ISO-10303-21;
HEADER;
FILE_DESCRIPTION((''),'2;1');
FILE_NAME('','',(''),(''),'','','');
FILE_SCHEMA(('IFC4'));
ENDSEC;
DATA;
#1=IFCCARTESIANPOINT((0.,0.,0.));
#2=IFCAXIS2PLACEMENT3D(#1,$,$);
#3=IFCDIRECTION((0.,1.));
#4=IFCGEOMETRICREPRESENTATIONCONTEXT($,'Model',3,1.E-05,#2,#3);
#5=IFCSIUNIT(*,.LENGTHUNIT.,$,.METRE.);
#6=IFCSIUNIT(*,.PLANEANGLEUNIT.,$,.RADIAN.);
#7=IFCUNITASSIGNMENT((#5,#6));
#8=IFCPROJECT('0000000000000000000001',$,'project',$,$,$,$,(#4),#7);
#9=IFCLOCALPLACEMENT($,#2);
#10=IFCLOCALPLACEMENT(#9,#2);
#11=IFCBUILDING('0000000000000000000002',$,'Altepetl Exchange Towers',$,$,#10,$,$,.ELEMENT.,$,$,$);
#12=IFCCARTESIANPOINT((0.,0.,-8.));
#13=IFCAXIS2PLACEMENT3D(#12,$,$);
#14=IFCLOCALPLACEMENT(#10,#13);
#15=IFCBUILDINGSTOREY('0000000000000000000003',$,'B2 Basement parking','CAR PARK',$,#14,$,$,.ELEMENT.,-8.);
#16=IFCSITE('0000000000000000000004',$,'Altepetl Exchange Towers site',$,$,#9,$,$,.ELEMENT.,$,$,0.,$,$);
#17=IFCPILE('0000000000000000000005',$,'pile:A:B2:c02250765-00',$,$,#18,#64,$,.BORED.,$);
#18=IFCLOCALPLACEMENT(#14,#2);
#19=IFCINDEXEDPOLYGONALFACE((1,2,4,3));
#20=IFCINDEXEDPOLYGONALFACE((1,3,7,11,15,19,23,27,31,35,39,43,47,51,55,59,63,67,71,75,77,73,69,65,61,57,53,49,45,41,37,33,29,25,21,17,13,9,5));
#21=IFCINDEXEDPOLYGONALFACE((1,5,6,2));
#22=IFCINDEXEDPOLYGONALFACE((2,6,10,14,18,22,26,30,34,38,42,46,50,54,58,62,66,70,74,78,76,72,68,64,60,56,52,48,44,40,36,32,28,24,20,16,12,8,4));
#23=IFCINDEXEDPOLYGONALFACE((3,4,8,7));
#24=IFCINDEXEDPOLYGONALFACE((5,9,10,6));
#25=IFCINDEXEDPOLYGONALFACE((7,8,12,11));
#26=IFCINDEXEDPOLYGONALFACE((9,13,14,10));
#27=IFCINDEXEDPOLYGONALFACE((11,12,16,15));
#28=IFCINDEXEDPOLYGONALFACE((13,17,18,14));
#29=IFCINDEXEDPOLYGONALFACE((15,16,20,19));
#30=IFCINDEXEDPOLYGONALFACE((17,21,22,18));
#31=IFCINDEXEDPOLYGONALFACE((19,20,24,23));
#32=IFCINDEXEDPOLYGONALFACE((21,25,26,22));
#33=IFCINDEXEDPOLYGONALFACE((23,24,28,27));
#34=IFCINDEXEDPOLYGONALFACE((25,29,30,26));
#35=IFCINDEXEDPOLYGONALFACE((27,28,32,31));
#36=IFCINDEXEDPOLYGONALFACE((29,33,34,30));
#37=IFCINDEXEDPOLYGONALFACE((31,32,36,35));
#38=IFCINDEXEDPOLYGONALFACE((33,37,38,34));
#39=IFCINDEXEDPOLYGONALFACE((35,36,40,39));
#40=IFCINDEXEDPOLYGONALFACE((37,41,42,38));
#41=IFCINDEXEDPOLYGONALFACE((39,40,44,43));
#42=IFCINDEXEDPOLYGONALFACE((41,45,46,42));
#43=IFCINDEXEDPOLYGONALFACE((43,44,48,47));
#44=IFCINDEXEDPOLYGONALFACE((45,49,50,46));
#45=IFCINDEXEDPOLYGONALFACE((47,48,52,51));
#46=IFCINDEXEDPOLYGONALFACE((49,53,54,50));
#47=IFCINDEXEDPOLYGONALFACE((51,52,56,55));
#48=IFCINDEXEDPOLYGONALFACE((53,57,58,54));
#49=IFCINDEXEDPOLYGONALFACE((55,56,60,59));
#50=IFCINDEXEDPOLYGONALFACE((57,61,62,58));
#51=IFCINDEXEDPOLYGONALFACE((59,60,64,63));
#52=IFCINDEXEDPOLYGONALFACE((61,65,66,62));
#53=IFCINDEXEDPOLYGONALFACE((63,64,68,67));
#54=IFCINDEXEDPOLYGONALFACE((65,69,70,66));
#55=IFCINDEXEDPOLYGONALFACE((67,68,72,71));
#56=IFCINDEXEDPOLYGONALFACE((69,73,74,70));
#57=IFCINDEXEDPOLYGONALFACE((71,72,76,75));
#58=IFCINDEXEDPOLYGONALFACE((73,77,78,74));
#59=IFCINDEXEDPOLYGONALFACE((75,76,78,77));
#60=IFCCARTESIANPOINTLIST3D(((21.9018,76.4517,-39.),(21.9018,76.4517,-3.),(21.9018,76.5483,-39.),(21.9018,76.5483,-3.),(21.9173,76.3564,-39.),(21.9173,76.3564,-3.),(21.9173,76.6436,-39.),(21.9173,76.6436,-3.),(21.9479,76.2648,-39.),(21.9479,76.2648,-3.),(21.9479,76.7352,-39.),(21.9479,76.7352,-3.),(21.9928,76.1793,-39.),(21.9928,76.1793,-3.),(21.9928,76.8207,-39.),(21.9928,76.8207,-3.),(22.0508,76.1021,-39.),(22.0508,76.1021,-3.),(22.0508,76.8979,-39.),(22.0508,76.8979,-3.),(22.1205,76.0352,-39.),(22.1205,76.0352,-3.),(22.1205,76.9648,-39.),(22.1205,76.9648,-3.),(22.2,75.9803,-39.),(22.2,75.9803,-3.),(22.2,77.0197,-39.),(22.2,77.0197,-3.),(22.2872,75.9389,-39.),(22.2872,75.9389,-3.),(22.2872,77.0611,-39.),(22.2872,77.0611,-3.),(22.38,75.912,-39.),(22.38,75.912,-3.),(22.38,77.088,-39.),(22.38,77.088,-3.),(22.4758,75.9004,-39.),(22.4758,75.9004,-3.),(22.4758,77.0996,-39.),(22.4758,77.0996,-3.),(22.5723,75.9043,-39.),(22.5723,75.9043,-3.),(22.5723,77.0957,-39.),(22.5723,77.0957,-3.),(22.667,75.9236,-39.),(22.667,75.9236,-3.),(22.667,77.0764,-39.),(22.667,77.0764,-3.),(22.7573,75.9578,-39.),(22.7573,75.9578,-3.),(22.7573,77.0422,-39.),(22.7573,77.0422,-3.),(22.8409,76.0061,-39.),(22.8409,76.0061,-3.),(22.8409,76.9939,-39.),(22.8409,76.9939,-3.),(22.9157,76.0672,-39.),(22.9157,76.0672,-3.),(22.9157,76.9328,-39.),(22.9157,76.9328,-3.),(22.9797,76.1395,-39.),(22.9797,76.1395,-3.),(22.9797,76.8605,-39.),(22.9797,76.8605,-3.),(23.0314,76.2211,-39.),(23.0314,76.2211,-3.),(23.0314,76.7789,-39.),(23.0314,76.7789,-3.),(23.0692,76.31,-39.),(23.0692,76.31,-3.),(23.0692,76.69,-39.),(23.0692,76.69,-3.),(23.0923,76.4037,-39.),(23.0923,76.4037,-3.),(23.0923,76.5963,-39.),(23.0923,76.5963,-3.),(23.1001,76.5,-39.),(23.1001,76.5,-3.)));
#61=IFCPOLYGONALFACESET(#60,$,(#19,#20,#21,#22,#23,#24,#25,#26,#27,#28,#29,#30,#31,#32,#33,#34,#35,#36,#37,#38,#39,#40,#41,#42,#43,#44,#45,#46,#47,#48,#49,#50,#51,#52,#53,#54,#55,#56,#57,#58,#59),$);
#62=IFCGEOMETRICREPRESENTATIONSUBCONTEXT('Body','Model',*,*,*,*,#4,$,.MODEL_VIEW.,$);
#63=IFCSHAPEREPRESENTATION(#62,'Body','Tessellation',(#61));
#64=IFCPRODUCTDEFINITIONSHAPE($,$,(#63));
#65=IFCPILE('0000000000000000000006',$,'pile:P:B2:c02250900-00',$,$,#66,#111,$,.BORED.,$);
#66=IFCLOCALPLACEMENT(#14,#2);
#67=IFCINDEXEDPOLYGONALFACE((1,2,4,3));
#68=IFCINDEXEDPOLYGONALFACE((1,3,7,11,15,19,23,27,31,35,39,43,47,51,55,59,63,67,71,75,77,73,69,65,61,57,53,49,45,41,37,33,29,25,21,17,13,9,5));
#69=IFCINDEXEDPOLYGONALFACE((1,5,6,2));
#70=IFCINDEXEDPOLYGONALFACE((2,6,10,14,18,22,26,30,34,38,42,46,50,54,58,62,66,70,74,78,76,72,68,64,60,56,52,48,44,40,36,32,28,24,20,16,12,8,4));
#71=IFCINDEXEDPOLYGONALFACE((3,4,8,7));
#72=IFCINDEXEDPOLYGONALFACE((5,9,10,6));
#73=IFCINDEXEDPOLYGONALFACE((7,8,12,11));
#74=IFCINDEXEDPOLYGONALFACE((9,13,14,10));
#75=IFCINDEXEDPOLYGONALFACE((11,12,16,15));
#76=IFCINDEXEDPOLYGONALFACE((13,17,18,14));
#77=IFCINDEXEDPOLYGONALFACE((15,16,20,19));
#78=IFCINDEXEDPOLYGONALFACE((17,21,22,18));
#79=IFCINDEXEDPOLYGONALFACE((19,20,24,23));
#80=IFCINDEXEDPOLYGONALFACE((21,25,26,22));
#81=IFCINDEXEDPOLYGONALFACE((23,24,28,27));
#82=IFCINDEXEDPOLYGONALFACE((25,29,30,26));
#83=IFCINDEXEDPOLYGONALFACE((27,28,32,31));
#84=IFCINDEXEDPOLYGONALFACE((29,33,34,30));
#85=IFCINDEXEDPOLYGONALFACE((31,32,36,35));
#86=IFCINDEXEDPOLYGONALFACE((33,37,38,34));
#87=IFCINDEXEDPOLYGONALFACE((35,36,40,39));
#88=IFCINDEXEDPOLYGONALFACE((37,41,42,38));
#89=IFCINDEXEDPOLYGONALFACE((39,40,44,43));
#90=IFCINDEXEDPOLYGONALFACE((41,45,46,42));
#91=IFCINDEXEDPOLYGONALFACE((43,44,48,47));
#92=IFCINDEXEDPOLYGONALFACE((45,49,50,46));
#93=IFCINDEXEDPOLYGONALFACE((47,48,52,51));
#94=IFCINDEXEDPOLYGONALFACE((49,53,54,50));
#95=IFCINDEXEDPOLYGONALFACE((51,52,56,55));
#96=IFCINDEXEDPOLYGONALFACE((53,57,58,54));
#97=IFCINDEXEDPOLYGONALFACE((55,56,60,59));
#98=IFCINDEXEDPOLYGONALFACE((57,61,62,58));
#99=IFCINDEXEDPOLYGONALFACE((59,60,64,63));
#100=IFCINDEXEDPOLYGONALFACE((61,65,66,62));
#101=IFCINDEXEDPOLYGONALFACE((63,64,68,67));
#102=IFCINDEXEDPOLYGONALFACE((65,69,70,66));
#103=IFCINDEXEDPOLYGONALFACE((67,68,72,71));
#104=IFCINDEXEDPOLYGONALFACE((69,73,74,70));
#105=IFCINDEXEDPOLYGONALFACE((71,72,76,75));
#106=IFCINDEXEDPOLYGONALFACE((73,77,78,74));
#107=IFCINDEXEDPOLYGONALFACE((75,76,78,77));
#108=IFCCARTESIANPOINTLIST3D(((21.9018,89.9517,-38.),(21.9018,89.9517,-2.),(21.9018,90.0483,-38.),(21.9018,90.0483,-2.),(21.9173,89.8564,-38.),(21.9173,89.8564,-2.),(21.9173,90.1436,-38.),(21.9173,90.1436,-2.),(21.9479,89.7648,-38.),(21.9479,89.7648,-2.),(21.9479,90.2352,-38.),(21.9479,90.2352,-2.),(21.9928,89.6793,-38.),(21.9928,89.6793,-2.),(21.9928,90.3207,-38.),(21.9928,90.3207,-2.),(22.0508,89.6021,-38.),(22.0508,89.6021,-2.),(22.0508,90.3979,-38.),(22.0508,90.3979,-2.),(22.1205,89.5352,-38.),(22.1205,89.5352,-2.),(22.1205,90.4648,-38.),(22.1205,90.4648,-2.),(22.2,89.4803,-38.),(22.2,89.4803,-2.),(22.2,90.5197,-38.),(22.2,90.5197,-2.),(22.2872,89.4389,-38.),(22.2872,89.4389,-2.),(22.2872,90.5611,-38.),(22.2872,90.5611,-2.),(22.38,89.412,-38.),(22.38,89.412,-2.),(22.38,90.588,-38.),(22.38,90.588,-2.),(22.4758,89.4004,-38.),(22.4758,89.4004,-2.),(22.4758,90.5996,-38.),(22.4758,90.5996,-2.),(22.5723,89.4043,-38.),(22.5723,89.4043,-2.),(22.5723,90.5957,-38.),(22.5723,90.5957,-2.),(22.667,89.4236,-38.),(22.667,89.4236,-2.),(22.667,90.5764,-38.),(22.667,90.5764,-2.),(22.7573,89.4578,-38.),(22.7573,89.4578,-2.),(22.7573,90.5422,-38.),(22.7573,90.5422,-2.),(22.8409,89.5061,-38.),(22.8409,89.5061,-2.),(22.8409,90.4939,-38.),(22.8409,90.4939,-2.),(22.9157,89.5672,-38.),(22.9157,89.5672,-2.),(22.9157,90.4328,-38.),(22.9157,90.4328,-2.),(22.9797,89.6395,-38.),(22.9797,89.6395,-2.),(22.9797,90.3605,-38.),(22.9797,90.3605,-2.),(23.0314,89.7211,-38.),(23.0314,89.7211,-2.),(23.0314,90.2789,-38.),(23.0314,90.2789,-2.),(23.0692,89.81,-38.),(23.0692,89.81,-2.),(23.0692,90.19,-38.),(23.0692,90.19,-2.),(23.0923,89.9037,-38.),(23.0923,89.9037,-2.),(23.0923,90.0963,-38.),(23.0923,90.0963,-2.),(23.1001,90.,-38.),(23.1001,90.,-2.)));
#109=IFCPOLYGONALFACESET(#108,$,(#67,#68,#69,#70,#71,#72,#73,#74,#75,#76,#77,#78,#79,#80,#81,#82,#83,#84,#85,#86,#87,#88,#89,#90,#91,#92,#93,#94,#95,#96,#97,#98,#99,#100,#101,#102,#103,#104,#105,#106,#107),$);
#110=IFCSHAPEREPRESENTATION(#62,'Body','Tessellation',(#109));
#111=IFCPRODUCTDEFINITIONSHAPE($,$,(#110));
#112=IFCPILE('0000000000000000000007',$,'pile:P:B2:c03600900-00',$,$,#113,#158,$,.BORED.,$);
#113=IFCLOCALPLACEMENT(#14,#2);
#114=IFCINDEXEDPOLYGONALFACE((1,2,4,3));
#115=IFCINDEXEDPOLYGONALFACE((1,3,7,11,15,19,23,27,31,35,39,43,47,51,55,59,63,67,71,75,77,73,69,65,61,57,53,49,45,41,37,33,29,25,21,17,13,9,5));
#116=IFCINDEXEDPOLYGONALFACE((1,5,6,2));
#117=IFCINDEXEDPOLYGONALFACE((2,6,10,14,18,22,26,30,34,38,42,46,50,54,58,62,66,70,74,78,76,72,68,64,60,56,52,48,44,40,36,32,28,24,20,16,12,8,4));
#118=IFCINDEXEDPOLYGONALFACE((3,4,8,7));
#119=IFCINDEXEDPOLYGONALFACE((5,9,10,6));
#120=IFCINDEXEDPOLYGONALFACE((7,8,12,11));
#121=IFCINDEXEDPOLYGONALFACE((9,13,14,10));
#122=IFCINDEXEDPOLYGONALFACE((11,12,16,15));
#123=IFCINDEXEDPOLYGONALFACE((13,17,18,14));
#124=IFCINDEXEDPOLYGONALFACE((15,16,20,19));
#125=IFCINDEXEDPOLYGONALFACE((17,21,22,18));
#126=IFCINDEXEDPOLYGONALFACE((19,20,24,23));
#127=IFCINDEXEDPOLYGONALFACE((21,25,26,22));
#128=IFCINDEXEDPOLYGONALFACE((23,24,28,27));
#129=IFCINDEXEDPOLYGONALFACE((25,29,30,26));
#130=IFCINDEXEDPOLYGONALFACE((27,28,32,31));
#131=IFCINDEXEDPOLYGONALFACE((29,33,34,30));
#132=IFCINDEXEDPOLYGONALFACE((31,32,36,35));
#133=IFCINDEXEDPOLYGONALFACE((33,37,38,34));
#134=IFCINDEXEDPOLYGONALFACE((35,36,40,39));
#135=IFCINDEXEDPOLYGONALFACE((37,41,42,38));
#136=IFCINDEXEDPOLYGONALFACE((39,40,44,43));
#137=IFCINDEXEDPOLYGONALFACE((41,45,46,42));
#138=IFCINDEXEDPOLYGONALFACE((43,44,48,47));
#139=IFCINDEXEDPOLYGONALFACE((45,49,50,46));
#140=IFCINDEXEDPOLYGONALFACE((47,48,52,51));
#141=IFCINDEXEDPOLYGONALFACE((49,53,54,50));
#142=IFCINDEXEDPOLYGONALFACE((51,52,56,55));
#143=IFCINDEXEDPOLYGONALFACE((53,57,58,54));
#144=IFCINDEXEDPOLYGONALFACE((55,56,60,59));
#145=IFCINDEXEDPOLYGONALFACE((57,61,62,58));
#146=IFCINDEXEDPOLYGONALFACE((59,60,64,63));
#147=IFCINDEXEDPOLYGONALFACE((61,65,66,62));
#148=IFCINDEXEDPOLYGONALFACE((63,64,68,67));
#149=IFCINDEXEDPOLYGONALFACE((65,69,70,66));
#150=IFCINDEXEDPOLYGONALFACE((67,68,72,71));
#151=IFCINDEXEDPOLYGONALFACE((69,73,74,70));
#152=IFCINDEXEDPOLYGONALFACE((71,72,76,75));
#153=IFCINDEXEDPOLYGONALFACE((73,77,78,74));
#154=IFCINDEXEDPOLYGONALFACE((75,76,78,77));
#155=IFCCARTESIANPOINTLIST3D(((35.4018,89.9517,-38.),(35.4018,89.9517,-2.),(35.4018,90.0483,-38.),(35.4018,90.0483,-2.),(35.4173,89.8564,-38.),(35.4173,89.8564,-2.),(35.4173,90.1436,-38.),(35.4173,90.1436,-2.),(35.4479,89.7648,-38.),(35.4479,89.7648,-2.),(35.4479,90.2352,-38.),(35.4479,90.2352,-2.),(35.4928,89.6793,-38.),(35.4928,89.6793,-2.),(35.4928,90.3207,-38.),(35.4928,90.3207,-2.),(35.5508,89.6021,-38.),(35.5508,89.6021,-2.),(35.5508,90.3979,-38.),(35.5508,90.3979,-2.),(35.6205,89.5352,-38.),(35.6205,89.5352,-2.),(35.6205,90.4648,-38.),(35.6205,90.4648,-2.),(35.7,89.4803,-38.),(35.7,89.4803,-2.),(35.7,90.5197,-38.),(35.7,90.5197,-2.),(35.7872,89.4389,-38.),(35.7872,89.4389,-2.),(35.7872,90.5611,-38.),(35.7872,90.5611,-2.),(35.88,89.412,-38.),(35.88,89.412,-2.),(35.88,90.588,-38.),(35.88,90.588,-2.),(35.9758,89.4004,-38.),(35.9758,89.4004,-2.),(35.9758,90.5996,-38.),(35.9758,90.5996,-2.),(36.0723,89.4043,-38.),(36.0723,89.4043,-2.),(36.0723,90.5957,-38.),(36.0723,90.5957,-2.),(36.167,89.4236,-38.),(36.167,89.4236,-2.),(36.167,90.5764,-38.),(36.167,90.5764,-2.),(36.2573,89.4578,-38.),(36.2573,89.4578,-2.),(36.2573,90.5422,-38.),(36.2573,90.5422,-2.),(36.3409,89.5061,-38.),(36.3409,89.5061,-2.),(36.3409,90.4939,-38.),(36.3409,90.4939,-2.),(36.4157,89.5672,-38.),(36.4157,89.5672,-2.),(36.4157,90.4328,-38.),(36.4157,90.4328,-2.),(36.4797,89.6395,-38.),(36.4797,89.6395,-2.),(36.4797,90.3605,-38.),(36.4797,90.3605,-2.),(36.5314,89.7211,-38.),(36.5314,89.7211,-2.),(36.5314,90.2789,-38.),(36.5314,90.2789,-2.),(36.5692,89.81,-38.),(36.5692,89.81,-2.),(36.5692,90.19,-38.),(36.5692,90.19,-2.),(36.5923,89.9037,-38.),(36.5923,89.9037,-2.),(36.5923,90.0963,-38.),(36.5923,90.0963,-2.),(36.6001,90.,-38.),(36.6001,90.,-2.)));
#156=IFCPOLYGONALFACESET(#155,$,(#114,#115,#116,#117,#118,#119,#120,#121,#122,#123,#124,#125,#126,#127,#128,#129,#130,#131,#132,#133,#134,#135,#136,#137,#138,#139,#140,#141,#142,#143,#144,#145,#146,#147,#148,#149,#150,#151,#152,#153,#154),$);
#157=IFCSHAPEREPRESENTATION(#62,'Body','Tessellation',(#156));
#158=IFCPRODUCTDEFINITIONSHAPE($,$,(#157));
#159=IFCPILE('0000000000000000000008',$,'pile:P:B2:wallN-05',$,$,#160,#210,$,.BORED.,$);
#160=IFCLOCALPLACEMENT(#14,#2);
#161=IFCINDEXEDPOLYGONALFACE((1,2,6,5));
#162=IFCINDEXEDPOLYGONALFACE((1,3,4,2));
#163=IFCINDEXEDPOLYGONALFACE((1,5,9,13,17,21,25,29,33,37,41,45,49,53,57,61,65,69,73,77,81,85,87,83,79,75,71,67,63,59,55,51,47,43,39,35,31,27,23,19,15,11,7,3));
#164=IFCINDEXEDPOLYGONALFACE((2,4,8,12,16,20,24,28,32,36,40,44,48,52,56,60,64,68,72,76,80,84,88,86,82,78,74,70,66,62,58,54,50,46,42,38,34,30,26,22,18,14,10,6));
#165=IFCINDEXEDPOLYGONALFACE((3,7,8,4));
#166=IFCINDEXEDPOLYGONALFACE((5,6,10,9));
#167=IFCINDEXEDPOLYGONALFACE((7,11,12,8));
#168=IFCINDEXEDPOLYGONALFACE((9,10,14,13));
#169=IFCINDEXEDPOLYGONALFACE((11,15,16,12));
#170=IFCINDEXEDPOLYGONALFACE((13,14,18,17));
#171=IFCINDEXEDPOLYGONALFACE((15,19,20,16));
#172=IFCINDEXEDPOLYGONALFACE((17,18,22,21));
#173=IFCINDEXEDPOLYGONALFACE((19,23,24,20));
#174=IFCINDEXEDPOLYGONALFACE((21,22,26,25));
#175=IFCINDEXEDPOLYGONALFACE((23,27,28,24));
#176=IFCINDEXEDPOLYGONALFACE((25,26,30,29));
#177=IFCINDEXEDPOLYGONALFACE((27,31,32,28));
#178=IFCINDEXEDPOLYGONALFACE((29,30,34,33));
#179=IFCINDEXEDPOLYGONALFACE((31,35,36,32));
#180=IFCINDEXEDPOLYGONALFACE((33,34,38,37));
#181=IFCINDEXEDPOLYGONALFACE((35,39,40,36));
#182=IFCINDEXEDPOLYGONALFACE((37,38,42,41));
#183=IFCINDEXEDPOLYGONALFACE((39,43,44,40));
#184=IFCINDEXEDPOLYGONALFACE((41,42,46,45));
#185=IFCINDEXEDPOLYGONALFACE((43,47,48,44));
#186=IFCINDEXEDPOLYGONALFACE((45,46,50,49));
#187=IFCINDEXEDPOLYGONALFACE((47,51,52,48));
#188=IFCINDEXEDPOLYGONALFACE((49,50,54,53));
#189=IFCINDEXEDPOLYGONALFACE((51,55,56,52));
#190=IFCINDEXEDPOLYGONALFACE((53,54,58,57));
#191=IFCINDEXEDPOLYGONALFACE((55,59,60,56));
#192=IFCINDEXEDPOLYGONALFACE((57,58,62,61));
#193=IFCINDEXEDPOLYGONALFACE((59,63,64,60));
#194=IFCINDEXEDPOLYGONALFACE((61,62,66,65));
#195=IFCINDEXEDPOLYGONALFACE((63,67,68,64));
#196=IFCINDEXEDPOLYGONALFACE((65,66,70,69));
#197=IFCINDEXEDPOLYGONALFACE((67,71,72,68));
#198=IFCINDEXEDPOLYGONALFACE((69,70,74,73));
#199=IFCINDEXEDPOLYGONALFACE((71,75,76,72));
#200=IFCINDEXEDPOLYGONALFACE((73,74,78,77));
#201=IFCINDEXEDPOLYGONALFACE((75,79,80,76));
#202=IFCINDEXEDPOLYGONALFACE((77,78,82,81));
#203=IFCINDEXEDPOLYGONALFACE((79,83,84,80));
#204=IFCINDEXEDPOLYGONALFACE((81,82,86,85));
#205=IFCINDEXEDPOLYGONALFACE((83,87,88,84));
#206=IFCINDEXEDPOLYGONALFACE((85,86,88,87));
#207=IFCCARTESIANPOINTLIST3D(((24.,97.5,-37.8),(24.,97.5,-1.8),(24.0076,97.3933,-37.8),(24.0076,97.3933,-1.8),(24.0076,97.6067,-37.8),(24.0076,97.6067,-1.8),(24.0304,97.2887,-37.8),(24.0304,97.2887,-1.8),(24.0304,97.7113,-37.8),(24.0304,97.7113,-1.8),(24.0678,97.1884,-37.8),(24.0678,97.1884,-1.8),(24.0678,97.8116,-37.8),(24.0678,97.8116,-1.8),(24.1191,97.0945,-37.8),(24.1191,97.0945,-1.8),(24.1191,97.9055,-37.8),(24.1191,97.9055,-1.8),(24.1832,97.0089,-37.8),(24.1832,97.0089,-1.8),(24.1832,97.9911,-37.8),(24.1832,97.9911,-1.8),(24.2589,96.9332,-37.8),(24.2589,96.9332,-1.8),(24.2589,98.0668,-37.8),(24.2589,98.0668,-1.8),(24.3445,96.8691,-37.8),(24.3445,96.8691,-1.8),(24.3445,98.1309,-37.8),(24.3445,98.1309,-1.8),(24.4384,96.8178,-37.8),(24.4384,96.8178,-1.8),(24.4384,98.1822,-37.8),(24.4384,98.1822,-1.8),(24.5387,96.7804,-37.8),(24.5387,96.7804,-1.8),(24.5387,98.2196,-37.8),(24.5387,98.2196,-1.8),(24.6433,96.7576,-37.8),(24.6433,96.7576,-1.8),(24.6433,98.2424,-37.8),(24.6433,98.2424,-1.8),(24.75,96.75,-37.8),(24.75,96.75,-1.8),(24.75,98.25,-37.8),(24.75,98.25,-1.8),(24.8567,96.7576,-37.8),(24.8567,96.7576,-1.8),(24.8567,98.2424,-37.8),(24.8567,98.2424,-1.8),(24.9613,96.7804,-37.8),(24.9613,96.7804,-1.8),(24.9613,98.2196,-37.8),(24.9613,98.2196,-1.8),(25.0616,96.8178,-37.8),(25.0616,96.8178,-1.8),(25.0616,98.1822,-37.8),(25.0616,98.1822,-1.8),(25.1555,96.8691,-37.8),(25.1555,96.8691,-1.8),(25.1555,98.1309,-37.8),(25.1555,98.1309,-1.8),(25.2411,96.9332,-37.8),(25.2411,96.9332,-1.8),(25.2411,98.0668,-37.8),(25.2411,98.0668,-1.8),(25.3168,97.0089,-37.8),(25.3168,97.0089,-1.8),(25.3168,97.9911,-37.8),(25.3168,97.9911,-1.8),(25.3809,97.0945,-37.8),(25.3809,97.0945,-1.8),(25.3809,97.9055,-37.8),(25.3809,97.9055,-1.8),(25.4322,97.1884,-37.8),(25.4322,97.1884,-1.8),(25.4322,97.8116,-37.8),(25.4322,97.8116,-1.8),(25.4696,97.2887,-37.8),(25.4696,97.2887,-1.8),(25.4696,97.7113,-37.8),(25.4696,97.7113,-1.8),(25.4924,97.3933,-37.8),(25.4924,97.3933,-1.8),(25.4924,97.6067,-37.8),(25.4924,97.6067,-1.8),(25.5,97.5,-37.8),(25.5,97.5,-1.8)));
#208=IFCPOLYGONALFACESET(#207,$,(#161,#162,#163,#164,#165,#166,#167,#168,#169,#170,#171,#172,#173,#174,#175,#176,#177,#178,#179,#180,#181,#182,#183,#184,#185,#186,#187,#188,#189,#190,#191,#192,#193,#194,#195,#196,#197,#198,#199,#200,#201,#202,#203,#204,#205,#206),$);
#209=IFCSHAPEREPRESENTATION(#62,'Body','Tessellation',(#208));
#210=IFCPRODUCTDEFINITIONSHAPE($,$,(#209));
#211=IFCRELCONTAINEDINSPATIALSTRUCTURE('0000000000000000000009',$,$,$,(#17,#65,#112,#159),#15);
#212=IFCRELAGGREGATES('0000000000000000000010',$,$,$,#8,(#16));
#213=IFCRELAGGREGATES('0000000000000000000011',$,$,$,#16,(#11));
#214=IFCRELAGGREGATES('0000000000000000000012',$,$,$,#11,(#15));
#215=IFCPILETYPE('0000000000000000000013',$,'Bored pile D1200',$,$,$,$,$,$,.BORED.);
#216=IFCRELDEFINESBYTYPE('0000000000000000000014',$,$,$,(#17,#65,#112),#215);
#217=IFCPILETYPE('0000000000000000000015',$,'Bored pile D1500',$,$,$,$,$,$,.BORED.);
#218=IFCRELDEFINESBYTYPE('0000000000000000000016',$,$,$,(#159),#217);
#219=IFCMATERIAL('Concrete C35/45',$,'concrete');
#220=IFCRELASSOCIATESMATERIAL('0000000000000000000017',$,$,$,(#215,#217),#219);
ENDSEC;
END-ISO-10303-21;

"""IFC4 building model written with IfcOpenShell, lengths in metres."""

from ifc_helpers import new_model, si_unit, direction, frame, origin, origin_2d, place, context, subcontext, project, spatial, circle, extrude, material, material_profile, profile_set, type_object, element, save


model = new_model("IFC4")

# Units and contexts
model_context = context("Model", 3, precision=1e-05, world=origin(), true_north=direction((0.0, 1.0)))
body_context = subcontext(model_context, "Body", "Model", "MODEL_VIEW")
ifc_project = project(units=[si_unit("LENGTHUNIT", "METRE"), si_unit("PLANEANGLEUNIT", "RADIAN")], contexts=[model_context])

# Site, building, storey
site_placement = place(None, origin())
site = spatial("IfcSite", under=ifc_project, at=site_placement, Name="Altepetl Exchange Towers site", CompositionType="ELEMENT", RefElevation=0.0)
building_placement = place(site_placement, origin())
building = spatial("IfcBuilding", under=site, at=building_placement, Name="Altepetl Exchange Towers", CompositionType="ELEMENT")
storey_placement = place(building_placement, frame((0.0, 0.0, -8.0)))
storey = spatial("IfcBuildingStorey", under=building, at=storey_placement, Name="B2 Basement parking", Description="CAR PARK", CompositionType="ELEMENT", Elevation=-8.0)

# Piles
ifc_material_1 = material(Name="Concrete C35/45", Category="concrete")
ifc_material_profile_1 = material_profile(ifc_material_1, circle(Radius=0.6001, at=origin_2d()), Name="D1200")
ifc_profile_set_1 = profile_set([ifc_material_profile_1], Name="Concrete C35/45")
pile_type_1 = type_object("IfcPileType", Name="Bored pile D1200", PredefinedType="BORED", material=ifc_profile_set_1)
for number, where, z_axis, x_axis, name in (
    (1, (22.5, 76.5, -3.0), (0.0, 0.0, -1.0), (1.0, 0.0, 0.0), "pile:A:B2:c02250765-00"),
    (2, (22.5, 90.0, -2.0), (0.0, 0.0, -1.0), (1.0, 0.0, 0.0), "pile:P:B2:c02250900-00"),
    (3, (36.0, 90.0, -2.0), (0.0, 0.0, -1.0), (1.0, 0.0, 0.0), "pile:P:B2:c03600900-00"),
):
    element("IfcPile", number, at=place(storey_placement, frame(where, z_axis=z_axis, x_axis=x_axis)), inside=storey, type_object=pile_type_1, Name=name, PredefinedType="BORED", context=body_context, shape_type="SweptSolid", body=[
        extrude(circle(Radius=0.6001, at=origin_2d()), origin(), (0.0, 0.0, 1.0), 36.0),
    ])
ifc_material_profile_2 = material_profile(ifc_material_1, circle(Radius=0.75, at=origin_2d()), Name="D1500")
ifc_profile_set_2 = profile_set([ifc_material_profile_2], Name="Concrete C35/45")
pile_type_2 = type_object("IfcPileType", Name="Bored pile D1500", PredefinedType="BORED", material=ifc_profile_set_2)
for number, where, z_axis, x_axis, name in (
    (4, (24.75, 97.5, -1.8), (0.0, 0.0, -1.0), (1.0, 0.0, 0.0), "pile:P:B2:wallN-05"),
):
    element("IfcPile", number, at=place(storey_placement, frame(where, z_axis=z_axis, x_axis=x_axis)), inside=storey, type_object=pile_type_2, Name=name, PredefinedType="BORED", context=body_context, shape_type="SweptSolid", body=[
        extrude(circle(Radius=0.75, at=origin_2d()), origin(), (0.0, 0.0, 1.0), 36.0),
    ])

save(model, "model.ifc")
